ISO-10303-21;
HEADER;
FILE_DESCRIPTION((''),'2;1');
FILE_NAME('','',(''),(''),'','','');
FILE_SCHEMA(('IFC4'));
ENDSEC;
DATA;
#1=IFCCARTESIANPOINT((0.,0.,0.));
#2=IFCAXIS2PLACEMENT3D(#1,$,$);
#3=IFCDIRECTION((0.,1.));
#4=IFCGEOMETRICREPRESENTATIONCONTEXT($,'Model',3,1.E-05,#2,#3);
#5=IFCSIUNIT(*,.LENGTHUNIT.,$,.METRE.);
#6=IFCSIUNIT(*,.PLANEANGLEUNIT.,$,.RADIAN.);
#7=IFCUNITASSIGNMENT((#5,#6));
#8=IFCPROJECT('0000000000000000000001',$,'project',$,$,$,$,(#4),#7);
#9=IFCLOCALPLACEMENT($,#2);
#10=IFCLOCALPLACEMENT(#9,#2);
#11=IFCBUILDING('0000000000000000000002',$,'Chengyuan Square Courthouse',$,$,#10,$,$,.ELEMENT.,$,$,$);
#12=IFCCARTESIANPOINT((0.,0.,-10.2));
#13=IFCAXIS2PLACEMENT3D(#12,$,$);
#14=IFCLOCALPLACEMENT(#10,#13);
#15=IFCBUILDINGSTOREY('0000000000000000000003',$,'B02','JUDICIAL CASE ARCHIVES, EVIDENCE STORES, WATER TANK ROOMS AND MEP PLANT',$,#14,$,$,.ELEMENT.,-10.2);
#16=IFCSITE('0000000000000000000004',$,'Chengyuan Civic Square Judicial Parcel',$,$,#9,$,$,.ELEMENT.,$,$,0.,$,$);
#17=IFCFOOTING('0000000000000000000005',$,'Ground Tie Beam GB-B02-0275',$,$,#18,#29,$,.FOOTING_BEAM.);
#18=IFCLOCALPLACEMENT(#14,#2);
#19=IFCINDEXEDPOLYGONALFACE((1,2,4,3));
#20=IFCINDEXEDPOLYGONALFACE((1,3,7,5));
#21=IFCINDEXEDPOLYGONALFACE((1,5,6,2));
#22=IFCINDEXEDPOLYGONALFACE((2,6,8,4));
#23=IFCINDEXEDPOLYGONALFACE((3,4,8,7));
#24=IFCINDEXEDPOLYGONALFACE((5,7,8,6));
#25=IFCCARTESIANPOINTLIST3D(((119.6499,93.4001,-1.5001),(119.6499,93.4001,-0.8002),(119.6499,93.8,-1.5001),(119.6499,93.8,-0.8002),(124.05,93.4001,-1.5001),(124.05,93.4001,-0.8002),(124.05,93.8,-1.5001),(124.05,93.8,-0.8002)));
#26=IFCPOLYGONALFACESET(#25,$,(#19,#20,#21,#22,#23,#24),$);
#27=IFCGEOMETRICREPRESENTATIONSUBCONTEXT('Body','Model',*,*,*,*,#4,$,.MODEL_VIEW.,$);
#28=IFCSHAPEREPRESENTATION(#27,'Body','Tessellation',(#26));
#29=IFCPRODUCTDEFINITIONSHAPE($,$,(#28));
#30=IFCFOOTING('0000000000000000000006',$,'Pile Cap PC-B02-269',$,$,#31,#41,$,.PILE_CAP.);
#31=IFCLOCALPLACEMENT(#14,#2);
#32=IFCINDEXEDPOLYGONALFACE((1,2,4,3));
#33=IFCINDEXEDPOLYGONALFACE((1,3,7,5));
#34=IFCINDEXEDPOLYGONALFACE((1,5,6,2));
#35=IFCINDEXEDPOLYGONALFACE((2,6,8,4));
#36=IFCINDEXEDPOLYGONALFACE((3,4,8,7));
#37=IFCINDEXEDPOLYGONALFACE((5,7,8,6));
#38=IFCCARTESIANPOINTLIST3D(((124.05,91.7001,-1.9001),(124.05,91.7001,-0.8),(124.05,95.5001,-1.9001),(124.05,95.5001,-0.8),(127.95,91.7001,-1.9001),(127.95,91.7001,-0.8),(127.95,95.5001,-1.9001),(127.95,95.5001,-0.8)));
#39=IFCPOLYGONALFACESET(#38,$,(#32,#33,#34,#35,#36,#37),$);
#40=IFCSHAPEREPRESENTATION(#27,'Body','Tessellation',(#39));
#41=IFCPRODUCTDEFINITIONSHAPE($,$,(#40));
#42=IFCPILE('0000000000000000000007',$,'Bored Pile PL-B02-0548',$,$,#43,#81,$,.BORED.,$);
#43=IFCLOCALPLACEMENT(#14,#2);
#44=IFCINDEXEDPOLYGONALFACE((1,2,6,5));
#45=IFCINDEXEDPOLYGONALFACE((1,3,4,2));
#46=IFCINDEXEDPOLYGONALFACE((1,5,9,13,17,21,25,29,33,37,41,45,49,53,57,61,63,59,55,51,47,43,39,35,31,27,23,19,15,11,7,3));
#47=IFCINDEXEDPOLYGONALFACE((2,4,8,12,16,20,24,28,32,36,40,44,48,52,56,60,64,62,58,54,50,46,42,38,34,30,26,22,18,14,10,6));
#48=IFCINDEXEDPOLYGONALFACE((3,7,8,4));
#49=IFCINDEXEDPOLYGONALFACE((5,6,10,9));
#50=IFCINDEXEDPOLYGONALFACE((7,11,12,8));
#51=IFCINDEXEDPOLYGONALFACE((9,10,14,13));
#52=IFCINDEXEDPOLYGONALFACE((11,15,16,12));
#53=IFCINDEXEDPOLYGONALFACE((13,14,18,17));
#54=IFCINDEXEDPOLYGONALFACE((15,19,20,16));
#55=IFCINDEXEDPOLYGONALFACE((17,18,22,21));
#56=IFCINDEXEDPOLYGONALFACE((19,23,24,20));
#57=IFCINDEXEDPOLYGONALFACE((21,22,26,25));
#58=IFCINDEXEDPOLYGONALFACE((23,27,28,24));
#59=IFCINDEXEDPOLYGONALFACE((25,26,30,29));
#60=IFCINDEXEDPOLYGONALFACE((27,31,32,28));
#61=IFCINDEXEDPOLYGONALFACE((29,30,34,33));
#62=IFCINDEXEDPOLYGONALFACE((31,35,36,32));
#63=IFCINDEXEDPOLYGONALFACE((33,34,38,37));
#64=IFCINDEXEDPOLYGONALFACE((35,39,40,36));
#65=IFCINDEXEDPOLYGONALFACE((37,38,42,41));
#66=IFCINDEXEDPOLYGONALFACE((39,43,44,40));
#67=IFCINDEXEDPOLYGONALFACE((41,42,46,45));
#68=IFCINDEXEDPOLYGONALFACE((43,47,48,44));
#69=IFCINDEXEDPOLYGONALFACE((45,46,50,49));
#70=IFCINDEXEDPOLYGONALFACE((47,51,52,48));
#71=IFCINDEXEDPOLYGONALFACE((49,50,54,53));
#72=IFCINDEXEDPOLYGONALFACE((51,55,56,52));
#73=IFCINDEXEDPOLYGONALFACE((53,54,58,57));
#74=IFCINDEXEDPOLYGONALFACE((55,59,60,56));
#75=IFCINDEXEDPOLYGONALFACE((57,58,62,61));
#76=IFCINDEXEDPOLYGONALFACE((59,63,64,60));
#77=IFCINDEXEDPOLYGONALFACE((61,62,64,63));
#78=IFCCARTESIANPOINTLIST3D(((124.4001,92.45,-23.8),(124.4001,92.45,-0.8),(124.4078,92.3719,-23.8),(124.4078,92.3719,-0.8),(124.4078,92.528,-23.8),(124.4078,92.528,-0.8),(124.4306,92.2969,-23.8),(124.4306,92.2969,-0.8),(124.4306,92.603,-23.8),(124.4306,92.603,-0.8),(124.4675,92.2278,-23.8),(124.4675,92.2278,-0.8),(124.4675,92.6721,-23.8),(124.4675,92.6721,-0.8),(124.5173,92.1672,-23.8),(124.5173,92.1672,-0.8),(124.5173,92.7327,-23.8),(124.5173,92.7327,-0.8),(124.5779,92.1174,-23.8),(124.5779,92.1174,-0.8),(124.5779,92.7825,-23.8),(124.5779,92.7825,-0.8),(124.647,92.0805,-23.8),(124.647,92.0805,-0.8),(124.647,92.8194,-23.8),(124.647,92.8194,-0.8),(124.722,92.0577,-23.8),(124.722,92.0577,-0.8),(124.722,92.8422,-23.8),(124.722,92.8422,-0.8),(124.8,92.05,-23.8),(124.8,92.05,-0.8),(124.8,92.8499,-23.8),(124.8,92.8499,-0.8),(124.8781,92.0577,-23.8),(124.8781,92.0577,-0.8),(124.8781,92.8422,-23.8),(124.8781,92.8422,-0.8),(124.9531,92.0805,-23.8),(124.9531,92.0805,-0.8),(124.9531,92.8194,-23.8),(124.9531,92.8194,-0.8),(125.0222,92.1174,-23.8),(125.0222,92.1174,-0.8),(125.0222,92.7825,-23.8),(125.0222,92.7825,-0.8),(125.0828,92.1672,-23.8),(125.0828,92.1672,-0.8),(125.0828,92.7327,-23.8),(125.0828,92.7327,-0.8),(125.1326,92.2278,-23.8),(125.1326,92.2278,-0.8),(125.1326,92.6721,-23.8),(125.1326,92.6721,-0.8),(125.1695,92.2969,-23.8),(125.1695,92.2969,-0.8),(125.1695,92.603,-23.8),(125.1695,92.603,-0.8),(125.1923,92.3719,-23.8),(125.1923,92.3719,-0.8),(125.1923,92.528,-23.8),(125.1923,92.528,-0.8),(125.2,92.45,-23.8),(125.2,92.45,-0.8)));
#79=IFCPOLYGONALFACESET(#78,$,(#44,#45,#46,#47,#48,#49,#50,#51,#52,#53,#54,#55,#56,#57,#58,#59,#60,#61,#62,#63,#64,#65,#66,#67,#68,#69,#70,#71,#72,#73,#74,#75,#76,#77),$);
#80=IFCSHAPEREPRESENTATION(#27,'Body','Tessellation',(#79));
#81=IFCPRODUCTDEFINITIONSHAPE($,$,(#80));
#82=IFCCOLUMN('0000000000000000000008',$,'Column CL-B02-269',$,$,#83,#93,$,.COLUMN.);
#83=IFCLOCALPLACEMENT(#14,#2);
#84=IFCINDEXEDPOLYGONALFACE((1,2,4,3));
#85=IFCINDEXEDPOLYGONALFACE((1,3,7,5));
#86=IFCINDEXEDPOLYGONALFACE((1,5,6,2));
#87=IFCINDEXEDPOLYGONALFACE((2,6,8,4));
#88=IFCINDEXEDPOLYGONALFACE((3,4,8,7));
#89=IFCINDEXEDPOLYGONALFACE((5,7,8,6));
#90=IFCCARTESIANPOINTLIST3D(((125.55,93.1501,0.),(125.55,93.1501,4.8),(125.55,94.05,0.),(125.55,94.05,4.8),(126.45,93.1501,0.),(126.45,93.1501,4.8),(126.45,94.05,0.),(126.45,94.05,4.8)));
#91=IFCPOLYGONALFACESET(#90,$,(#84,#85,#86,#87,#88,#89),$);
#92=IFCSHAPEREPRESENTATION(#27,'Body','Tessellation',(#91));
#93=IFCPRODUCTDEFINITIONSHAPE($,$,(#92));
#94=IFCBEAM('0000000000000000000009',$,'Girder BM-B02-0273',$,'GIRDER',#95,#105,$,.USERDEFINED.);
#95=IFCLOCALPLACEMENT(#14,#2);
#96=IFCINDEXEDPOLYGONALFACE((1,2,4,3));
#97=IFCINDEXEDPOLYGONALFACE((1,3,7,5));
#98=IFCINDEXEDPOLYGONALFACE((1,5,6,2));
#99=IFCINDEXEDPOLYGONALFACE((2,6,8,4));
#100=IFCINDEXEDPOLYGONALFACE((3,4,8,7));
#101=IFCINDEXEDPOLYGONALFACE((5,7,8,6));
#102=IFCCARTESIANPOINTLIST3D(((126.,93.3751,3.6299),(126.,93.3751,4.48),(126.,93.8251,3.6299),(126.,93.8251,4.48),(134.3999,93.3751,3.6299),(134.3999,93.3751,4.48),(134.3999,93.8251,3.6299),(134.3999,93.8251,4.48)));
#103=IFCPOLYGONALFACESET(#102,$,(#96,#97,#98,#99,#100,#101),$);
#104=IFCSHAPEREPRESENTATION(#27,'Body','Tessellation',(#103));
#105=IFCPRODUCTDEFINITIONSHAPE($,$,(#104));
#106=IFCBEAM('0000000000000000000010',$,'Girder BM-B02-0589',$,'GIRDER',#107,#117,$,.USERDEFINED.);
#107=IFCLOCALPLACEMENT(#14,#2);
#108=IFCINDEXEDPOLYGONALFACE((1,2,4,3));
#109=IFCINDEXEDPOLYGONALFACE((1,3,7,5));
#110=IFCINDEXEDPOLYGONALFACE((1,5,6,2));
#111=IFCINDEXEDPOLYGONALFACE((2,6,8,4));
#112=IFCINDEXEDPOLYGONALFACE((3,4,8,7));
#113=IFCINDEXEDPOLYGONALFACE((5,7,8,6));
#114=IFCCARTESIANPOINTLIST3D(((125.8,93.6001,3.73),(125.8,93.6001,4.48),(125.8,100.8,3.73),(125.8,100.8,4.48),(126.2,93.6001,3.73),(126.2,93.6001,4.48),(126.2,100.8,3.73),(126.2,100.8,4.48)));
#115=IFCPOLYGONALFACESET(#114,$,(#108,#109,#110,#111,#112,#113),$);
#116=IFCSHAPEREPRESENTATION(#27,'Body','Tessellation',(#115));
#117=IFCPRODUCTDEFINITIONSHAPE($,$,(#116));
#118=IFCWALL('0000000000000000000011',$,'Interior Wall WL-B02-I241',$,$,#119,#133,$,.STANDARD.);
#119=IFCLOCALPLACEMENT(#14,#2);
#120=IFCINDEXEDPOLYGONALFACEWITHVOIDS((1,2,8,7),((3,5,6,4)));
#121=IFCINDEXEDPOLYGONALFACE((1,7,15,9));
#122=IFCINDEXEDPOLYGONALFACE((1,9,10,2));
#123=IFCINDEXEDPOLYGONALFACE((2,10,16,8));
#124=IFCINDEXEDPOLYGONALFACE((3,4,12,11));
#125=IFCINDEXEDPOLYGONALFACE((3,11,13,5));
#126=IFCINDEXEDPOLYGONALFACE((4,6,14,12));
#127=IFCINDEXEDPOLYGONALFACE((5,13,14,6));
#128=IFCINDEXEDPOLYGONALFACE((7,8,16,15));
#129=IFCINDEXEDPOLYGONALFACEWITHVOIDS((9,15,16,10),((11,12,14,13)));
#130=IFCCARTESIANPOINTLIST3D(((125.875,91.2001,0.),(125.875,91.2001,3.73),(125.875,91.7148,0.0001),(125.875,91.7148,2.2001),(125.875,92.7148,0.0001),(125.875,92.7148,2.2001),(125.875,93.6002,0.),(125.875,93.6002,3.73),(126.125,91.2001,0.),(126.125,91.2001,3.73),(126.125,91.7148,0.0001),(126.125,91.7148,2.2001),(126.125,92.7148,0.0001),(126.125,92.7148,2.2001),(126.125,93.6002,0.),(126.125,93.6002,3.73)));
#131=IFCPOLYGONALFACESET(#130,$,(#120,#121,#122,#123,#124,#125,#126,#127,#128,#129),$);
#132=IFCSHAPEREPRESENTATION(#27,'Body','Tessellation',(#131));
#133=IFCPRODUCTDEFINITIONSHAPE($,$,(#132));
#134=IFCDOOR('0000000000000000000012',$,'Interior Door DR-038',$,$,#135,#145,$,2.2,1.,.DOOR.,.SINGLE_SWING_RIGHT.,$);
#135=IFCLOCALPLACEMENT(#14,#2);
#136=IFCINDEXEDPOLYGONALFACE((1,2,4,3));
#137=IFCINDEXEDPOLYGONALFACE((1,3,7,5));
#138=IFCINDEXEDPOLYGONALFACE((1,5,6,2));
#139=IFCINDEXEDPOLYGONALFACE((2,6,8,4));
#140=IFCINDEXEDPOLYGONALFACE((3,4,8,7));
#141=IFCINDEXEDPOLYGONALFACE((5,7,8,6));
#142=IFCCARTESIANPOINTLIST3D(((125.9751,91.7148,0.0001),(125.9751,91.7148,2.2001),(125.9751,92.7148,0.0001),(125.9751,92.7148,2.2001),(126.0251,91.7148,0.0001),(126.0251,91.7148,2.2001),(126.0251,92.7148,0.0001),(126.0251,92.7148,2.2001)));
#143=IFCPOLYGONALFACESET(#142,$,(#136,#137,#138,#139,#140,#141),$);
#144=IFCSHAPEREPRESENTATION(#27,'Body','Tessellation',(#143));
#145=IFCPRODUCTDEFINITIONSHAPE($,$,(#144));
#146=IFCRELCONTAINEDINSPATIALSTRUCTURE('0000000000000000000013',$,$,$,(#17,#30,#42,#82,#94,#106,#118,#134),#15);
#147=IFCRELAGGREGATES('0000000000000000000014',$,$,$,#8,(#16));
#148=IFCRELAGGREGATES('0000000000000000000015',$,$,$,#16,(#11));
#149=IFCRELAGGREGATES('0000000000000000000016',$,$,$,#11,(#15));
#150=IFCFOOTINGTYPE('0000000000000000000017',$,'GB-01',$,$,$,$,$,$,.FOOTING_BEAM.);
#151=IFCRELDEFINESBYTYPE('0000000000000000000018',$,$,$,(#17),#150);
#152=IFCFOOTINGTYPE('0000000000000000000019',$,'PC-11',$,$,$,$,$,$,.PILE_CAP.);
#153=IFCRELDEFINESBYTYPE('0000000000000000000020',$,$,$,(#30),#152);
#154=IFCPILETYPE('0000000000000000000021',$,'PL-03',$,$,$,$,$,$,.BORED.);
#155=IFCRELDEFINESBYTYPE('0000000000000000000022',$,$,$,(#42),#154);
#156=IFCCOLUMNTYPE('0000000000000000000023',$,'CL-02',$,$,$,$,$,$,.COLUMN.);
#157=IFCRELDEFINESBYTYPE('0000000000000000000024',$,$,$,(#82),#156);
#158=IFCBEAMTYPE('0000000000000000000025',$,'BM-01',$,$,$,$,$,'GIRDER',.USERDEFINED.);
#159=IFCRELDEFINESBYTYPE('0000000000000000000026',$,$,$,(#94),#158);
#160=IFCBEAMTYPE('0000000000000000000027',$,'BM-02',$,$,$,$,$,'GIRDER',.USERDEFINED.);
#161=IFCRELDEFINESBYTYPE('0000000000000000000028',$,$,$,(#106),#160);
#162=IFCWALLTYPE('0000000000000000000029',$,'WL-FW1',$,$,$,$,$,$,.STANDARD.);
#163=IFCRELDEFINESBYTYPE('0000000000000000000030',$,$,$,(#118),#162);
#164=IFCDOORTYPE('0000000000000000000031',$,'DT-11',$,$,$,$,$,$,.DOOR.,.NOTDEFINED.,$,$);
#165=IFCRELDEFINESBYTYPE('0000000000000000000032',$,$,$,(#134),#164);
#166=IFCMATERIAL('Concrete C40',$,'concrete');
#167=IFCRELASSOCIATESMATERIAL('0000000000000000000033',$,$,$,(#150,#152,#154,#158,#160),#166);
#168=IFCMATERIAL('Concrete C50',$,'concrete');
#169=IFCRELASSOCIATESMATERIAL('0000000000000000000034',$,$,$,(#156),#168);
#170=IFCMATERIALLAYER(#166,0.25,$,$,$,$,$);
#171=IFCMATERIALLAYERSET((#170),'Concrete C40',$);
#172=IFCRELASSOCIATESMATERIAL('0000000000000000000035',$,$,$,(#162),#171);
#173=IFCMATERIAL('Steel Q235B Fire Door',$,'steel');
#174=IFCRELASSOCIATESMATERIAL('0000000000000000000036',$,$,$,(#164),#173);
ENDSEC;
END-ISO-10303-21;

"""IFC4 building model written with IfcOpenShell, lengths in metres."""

from ifc_helpers import new_model, si_unit, direction, frame, frame_2d, origin, origin_2d, place, context, subcontext, project, spatial, rectangle, circle, extrude, material, layer, layer_set, material_profile, profile_set, type_object, element, fill, save


model = new_model("IFC4")

# Units and contexts
model_context = context("Model", 3, precision=1e-05, world=origin(), true_north=direction((0.0, 1.0)))
body_context = subcontext(model_context, "Body", "Model", "MODEL_VIEW")
ifc_project = project(units=[si_unit("LENGTHUNIT", "METRE"), si_unit("PLANEANGLEUNIT", "RADIAN")], contexts=[model_context])

# Site, building, storey
site_placement = place(None, origin())
site = spatial("IfcSite", under=ifc_project, at=site_placement, Name="Chengyuan Civic Square Judicial Parcel", CompositionType="ELEMENT", RefElevation=0.0)
building_placement = place(site_placement, origin())
building = spatial("IfcBuilding", under=site, at=building_placement, Name="Chengyuan Square Courthouse", CompositionType="ELEMENT")
storey_placement = place(building_placement, frame((0.0, 0.0, -10.2)))
storey = spatial("IfcBuildingStorey", under=building, at=storey_placement, Name="B02", Description="JUDICIAL CASE ARCHIVES, EVIDENCE STORES, WATER TANK ROOMS AND MEP PLANT", CompositionType="ELEMENT", Elevation=-10.2)

# Footings
ifc_material_1 = material(Name="Concrete C40", Category="concrete")
ifc_material_profile_1 = material_profile(ifc_material_1, rectangle(XDim=0.3999, YDim=0.7, at=origin_2d()), Name="GB-400x700")
ifc_profile_set_1 = profile_set([ifc_material_profile_1], Name="Concrete C40")
footing_type_1 = type_object("IfcFootingType", Name="GB-01", PredefinedType="FOOTING_BEAM", material=ifc_profile_set_1)
footing_1_placement = place(storey_placement, frame((119.6499, 93.6001, -1.1501), z_axis=(1.0, 0.0, 0.0), x_axis=(0.0, 1.0, 0.0)))
element("IfcFooting", 1, at=footing_1_placement, inside=storey, type_object=footing_type_1, Name="Ground Tie Beam GB-B02-0275", PredefinedType="FOOTING_BEAM", context=body_context, shape_type="SweptSolid", body=[
    extrude(rectangle(XDim=0.3999, YDim=0.7, at=origin_2d()), origin(), (0.0, 0.0, 1.0), 4.4001),
])
footing_type_2 = type_object("IfcFootingType", Name="PC-11", PredefinedType="PILE_CAP", material=ifc_material_1)
footing_2_placement = place(storey_placement, frame((126.0, 93.6001, -1.9001), z_axis=(0.0, 0.0, 1.0), x_axis=(1.0, 0.0, 0.0)))
element("IfcFooting", 2, at=footing_2_placement, inside=storey, type_object=footing_type_2, Name="Pile Cap PC-B02-269", PredefinedType="PILE_CAP", context=body_context, shape_type="SweptSolid", body=[
    extrude(rectangle(XDim=3.8999, YDim=3.8, at=origin_2d()), origin(), (0.0, 0.0, 1.0), 1.1001),
])

# Pile
ifc_material_profile_2 = material_profile(ifc_material_1, circle(Radius=0.3999, at=origin_2d()), Name="BORED PILE D800")
ifc_profile_set_2 = profile_set([ifc_material_profile_2], Name="Concrete C40")
pile_type = type_object("IfcPileType", Name="PL-03", PredefinedType="BORED", material=ifc_profile_set_2)
pile_placement = place(storey_placement, frame((124.8, 92.45, -0.8), z_axis=(0.0, 0.0, -1.0), x_axis=(1.0, 0.0, 0.0)))
element("IfcPile", 3, at=pile_placement, inside=storey, type_object=pile_type, Name="Bored Pile PL-B02-0548", PredefinedType="BORED", context=body_context, shape_type="SweptSolid", body=[
    extrude(circle(Radius=0.3999, at=origin_2d()), origin(), (0.0, 0.0, 1.0), 23.0),
])

# Column
ifc_material_2 = material(Name="Concrete C50", Category="concrete")
ifc_material_profile_3 = material_profile(ifc_material_2, rectangle(XDim=0.8999, YDim=0.8999, at=origin_2d()), Name="RC-COL-900x900")
ifc_profile_set_3 = profile_set([ifc_material_profile_3], Name="Concrete C50")
column_type = type_object("IfcColumnType", Name="CL-02", PredefinedType="COLUMN", material=ifc_profile_set_3)
column_placement = place(storey_placement, frame((126.0, 93.6001, 0.0), z_axis=(0.0, 0.0, 1.0), x_axis=(1.0, 0.0, 0.0)))
element("IfcColumn", 4, at=column_placement, inside=storey, type_object=column_type, Name="Column CL-B02-269", PredefinedType="COLUMN", context=body_context, shape_type="SweptSolid", body=[
    extrude(rectangle(XDim=0.8999, YDim=0.8999, at=origin_2d()), origin(), (0.0, 0.0, 1.0), 4.8),
])

# Beams
ifc_material_profile_4 = material_profile(ifc_material_1, rectangle(XDim=0.45, YDim=0.8501, at=origin_2d()), Name="RC-BM-450x850")
ifc_profile_set_4 = profile_set([ifc_material_profile_4], Name="Concrete C40")
beam_type_1 = type_object("IfcBeamType", Name="BM-01", ElementType="GIRDER", PredefinedType="USERDEFINED", material=ifc_profile_set_4)
beam_1_placement = place(storey_placement, frame((126.0, 93.6001, 4.0549), z_axis=(1.0, 0.0, 0.0), x_axis=(0.0, 1.0, 0.0)))
element("IfcBeam", 5, at=beam_1_placement, inside=storey, type_object=beam_type_1, Name="Girder BM-B02-0273", ObjectType="GIRDER", PredefinedType="USERDEFINED", context=body_context, shape_type="SweptSolid", body=[
    extrude(rectangle(XDim=0.45, YDim=0.8501, at=origin_2d()), origin(), (0.0, 0.0, 1.0), 8.3999),
])
ifc_material_profile_5 = material_profile(ifc_material_1, rectangle(XDim=0.3999, YDim=0.75, at=origin_2d()), Name="RC-BM-400x750")
ifc_profile_set_5 = profile_set([ifc_material_profile_5], Name="Concrete C40")
beam_type_2 = type_object("IfcBeamType", Name="BM-02", ElementType="GIRDER", PredefinedType="USERDEFINED", material=ifc_profile_set_5)
beam_2_placement = place(storey_placement, frame((126.0, 93.6001, 4.105), z_axis=(0.0, 1.0, 0.0), x_axis=(-1.0, 0.0, 0.0)))
element("IfcBeam", 6, at=beam_2_placement, inside=storey, type_object=beam_type_2, Name="Girder BM-B02-0589", ObjectType="GIRDER", PredefinedType="USERDEFINED", context=body_context, shape_type="SweptSolid", body=[
    extrude(rectangle(XDim=0.3999, YDim=0.75, at=origin_2d()), origin(), (0.0, 0.0, 1.0), 7.2),
])

# Wall, opening, door
ifc_layer_1 = layer(ifc_material_1, 0.25)
ifc_layer_set_1 = layer_set([ifc_layer_1], Name="Concrete C40")
wall_type_1 = type_object("IfcWallType", Name="WL-FW1", PredefinedType="STANDARD", material=ifc_layer_set_1)
wall_1_placement = place(storey_placement, frame((126.0, 91.2, 0.0), z_axis=(0.0, 0.0, 1.0), x_axis=(0.0, 1.0, 0.0)))
wall_1 = element("IfcWall", 7, at=wall_1_placement, inside=storey, type_object=wall_type_1, Name="Interior Wall WL-B02-I241", PredefinedType="STANDARD", context=body_context, shape_type="SweptSolid", body=[
    extrude(rectangle(XDim=2.4001, YDim=0.25, at=frame_2d((1.2002, 0.0))), origin(), (0.0, 0.0, 1.0), 3.73),
])
opening_1_placement = place(wall_1_placement, frame((0.5149, 0.0, 0.0)))
opening_1 = element("IfcOpeningElement", 8, at=opening_1_placement, cuts=wall_1, PredefinedType="OPENING", context=body_context, shape_type="SweptSolid", body=[
    extrude(rectangle(XDim=1.0, YDim=2.2, at=frame_2d((0.5, 1.1001))), frame((0.0, 0.137, 0.0), z_axis=(0.0, -1.0, 0.0), x_axis=(1.0, 0.0, 0.0)), (0.0, 0.0, 1.0), 0.2739),
])
ifc_material_3 = material(Name="Steel Q235B Fire Door", Category="steel")
door_type_1 = type_object("IfcDoorType", Name="DT-11", OperationType="NOTDEFINED", PredefinedType="DOOR", material=ifc_material_3)
door_1_placement = place(opening_1_placement, origin())
door_1 = element("IfcDoor", 9, at=door_1_placement, inside=storey, type_object=door_type_1, Name="Interior Door DR-038", OperationType="SINGLE_SWING_RIGHT", OverallHeight=2.2, OverallWidth=1.0, PredefinedType="DOOR", context=body_context, shape_type="SweptSolid", body=[
    extrude(rectangle(XDim=1.0, YDim=2.2, at=frame_2d((0.5, 1.1001))), frame((0.0, 0.0249, 0.0), z_axis=(0.0, -1.0, 0.0), x_axis=(1.0, 0.0, 0.0)), (0.0, 0.0, 1.0), 0.05),
])
fill(opening_1, door_1)

save(model, "model.ifc")
